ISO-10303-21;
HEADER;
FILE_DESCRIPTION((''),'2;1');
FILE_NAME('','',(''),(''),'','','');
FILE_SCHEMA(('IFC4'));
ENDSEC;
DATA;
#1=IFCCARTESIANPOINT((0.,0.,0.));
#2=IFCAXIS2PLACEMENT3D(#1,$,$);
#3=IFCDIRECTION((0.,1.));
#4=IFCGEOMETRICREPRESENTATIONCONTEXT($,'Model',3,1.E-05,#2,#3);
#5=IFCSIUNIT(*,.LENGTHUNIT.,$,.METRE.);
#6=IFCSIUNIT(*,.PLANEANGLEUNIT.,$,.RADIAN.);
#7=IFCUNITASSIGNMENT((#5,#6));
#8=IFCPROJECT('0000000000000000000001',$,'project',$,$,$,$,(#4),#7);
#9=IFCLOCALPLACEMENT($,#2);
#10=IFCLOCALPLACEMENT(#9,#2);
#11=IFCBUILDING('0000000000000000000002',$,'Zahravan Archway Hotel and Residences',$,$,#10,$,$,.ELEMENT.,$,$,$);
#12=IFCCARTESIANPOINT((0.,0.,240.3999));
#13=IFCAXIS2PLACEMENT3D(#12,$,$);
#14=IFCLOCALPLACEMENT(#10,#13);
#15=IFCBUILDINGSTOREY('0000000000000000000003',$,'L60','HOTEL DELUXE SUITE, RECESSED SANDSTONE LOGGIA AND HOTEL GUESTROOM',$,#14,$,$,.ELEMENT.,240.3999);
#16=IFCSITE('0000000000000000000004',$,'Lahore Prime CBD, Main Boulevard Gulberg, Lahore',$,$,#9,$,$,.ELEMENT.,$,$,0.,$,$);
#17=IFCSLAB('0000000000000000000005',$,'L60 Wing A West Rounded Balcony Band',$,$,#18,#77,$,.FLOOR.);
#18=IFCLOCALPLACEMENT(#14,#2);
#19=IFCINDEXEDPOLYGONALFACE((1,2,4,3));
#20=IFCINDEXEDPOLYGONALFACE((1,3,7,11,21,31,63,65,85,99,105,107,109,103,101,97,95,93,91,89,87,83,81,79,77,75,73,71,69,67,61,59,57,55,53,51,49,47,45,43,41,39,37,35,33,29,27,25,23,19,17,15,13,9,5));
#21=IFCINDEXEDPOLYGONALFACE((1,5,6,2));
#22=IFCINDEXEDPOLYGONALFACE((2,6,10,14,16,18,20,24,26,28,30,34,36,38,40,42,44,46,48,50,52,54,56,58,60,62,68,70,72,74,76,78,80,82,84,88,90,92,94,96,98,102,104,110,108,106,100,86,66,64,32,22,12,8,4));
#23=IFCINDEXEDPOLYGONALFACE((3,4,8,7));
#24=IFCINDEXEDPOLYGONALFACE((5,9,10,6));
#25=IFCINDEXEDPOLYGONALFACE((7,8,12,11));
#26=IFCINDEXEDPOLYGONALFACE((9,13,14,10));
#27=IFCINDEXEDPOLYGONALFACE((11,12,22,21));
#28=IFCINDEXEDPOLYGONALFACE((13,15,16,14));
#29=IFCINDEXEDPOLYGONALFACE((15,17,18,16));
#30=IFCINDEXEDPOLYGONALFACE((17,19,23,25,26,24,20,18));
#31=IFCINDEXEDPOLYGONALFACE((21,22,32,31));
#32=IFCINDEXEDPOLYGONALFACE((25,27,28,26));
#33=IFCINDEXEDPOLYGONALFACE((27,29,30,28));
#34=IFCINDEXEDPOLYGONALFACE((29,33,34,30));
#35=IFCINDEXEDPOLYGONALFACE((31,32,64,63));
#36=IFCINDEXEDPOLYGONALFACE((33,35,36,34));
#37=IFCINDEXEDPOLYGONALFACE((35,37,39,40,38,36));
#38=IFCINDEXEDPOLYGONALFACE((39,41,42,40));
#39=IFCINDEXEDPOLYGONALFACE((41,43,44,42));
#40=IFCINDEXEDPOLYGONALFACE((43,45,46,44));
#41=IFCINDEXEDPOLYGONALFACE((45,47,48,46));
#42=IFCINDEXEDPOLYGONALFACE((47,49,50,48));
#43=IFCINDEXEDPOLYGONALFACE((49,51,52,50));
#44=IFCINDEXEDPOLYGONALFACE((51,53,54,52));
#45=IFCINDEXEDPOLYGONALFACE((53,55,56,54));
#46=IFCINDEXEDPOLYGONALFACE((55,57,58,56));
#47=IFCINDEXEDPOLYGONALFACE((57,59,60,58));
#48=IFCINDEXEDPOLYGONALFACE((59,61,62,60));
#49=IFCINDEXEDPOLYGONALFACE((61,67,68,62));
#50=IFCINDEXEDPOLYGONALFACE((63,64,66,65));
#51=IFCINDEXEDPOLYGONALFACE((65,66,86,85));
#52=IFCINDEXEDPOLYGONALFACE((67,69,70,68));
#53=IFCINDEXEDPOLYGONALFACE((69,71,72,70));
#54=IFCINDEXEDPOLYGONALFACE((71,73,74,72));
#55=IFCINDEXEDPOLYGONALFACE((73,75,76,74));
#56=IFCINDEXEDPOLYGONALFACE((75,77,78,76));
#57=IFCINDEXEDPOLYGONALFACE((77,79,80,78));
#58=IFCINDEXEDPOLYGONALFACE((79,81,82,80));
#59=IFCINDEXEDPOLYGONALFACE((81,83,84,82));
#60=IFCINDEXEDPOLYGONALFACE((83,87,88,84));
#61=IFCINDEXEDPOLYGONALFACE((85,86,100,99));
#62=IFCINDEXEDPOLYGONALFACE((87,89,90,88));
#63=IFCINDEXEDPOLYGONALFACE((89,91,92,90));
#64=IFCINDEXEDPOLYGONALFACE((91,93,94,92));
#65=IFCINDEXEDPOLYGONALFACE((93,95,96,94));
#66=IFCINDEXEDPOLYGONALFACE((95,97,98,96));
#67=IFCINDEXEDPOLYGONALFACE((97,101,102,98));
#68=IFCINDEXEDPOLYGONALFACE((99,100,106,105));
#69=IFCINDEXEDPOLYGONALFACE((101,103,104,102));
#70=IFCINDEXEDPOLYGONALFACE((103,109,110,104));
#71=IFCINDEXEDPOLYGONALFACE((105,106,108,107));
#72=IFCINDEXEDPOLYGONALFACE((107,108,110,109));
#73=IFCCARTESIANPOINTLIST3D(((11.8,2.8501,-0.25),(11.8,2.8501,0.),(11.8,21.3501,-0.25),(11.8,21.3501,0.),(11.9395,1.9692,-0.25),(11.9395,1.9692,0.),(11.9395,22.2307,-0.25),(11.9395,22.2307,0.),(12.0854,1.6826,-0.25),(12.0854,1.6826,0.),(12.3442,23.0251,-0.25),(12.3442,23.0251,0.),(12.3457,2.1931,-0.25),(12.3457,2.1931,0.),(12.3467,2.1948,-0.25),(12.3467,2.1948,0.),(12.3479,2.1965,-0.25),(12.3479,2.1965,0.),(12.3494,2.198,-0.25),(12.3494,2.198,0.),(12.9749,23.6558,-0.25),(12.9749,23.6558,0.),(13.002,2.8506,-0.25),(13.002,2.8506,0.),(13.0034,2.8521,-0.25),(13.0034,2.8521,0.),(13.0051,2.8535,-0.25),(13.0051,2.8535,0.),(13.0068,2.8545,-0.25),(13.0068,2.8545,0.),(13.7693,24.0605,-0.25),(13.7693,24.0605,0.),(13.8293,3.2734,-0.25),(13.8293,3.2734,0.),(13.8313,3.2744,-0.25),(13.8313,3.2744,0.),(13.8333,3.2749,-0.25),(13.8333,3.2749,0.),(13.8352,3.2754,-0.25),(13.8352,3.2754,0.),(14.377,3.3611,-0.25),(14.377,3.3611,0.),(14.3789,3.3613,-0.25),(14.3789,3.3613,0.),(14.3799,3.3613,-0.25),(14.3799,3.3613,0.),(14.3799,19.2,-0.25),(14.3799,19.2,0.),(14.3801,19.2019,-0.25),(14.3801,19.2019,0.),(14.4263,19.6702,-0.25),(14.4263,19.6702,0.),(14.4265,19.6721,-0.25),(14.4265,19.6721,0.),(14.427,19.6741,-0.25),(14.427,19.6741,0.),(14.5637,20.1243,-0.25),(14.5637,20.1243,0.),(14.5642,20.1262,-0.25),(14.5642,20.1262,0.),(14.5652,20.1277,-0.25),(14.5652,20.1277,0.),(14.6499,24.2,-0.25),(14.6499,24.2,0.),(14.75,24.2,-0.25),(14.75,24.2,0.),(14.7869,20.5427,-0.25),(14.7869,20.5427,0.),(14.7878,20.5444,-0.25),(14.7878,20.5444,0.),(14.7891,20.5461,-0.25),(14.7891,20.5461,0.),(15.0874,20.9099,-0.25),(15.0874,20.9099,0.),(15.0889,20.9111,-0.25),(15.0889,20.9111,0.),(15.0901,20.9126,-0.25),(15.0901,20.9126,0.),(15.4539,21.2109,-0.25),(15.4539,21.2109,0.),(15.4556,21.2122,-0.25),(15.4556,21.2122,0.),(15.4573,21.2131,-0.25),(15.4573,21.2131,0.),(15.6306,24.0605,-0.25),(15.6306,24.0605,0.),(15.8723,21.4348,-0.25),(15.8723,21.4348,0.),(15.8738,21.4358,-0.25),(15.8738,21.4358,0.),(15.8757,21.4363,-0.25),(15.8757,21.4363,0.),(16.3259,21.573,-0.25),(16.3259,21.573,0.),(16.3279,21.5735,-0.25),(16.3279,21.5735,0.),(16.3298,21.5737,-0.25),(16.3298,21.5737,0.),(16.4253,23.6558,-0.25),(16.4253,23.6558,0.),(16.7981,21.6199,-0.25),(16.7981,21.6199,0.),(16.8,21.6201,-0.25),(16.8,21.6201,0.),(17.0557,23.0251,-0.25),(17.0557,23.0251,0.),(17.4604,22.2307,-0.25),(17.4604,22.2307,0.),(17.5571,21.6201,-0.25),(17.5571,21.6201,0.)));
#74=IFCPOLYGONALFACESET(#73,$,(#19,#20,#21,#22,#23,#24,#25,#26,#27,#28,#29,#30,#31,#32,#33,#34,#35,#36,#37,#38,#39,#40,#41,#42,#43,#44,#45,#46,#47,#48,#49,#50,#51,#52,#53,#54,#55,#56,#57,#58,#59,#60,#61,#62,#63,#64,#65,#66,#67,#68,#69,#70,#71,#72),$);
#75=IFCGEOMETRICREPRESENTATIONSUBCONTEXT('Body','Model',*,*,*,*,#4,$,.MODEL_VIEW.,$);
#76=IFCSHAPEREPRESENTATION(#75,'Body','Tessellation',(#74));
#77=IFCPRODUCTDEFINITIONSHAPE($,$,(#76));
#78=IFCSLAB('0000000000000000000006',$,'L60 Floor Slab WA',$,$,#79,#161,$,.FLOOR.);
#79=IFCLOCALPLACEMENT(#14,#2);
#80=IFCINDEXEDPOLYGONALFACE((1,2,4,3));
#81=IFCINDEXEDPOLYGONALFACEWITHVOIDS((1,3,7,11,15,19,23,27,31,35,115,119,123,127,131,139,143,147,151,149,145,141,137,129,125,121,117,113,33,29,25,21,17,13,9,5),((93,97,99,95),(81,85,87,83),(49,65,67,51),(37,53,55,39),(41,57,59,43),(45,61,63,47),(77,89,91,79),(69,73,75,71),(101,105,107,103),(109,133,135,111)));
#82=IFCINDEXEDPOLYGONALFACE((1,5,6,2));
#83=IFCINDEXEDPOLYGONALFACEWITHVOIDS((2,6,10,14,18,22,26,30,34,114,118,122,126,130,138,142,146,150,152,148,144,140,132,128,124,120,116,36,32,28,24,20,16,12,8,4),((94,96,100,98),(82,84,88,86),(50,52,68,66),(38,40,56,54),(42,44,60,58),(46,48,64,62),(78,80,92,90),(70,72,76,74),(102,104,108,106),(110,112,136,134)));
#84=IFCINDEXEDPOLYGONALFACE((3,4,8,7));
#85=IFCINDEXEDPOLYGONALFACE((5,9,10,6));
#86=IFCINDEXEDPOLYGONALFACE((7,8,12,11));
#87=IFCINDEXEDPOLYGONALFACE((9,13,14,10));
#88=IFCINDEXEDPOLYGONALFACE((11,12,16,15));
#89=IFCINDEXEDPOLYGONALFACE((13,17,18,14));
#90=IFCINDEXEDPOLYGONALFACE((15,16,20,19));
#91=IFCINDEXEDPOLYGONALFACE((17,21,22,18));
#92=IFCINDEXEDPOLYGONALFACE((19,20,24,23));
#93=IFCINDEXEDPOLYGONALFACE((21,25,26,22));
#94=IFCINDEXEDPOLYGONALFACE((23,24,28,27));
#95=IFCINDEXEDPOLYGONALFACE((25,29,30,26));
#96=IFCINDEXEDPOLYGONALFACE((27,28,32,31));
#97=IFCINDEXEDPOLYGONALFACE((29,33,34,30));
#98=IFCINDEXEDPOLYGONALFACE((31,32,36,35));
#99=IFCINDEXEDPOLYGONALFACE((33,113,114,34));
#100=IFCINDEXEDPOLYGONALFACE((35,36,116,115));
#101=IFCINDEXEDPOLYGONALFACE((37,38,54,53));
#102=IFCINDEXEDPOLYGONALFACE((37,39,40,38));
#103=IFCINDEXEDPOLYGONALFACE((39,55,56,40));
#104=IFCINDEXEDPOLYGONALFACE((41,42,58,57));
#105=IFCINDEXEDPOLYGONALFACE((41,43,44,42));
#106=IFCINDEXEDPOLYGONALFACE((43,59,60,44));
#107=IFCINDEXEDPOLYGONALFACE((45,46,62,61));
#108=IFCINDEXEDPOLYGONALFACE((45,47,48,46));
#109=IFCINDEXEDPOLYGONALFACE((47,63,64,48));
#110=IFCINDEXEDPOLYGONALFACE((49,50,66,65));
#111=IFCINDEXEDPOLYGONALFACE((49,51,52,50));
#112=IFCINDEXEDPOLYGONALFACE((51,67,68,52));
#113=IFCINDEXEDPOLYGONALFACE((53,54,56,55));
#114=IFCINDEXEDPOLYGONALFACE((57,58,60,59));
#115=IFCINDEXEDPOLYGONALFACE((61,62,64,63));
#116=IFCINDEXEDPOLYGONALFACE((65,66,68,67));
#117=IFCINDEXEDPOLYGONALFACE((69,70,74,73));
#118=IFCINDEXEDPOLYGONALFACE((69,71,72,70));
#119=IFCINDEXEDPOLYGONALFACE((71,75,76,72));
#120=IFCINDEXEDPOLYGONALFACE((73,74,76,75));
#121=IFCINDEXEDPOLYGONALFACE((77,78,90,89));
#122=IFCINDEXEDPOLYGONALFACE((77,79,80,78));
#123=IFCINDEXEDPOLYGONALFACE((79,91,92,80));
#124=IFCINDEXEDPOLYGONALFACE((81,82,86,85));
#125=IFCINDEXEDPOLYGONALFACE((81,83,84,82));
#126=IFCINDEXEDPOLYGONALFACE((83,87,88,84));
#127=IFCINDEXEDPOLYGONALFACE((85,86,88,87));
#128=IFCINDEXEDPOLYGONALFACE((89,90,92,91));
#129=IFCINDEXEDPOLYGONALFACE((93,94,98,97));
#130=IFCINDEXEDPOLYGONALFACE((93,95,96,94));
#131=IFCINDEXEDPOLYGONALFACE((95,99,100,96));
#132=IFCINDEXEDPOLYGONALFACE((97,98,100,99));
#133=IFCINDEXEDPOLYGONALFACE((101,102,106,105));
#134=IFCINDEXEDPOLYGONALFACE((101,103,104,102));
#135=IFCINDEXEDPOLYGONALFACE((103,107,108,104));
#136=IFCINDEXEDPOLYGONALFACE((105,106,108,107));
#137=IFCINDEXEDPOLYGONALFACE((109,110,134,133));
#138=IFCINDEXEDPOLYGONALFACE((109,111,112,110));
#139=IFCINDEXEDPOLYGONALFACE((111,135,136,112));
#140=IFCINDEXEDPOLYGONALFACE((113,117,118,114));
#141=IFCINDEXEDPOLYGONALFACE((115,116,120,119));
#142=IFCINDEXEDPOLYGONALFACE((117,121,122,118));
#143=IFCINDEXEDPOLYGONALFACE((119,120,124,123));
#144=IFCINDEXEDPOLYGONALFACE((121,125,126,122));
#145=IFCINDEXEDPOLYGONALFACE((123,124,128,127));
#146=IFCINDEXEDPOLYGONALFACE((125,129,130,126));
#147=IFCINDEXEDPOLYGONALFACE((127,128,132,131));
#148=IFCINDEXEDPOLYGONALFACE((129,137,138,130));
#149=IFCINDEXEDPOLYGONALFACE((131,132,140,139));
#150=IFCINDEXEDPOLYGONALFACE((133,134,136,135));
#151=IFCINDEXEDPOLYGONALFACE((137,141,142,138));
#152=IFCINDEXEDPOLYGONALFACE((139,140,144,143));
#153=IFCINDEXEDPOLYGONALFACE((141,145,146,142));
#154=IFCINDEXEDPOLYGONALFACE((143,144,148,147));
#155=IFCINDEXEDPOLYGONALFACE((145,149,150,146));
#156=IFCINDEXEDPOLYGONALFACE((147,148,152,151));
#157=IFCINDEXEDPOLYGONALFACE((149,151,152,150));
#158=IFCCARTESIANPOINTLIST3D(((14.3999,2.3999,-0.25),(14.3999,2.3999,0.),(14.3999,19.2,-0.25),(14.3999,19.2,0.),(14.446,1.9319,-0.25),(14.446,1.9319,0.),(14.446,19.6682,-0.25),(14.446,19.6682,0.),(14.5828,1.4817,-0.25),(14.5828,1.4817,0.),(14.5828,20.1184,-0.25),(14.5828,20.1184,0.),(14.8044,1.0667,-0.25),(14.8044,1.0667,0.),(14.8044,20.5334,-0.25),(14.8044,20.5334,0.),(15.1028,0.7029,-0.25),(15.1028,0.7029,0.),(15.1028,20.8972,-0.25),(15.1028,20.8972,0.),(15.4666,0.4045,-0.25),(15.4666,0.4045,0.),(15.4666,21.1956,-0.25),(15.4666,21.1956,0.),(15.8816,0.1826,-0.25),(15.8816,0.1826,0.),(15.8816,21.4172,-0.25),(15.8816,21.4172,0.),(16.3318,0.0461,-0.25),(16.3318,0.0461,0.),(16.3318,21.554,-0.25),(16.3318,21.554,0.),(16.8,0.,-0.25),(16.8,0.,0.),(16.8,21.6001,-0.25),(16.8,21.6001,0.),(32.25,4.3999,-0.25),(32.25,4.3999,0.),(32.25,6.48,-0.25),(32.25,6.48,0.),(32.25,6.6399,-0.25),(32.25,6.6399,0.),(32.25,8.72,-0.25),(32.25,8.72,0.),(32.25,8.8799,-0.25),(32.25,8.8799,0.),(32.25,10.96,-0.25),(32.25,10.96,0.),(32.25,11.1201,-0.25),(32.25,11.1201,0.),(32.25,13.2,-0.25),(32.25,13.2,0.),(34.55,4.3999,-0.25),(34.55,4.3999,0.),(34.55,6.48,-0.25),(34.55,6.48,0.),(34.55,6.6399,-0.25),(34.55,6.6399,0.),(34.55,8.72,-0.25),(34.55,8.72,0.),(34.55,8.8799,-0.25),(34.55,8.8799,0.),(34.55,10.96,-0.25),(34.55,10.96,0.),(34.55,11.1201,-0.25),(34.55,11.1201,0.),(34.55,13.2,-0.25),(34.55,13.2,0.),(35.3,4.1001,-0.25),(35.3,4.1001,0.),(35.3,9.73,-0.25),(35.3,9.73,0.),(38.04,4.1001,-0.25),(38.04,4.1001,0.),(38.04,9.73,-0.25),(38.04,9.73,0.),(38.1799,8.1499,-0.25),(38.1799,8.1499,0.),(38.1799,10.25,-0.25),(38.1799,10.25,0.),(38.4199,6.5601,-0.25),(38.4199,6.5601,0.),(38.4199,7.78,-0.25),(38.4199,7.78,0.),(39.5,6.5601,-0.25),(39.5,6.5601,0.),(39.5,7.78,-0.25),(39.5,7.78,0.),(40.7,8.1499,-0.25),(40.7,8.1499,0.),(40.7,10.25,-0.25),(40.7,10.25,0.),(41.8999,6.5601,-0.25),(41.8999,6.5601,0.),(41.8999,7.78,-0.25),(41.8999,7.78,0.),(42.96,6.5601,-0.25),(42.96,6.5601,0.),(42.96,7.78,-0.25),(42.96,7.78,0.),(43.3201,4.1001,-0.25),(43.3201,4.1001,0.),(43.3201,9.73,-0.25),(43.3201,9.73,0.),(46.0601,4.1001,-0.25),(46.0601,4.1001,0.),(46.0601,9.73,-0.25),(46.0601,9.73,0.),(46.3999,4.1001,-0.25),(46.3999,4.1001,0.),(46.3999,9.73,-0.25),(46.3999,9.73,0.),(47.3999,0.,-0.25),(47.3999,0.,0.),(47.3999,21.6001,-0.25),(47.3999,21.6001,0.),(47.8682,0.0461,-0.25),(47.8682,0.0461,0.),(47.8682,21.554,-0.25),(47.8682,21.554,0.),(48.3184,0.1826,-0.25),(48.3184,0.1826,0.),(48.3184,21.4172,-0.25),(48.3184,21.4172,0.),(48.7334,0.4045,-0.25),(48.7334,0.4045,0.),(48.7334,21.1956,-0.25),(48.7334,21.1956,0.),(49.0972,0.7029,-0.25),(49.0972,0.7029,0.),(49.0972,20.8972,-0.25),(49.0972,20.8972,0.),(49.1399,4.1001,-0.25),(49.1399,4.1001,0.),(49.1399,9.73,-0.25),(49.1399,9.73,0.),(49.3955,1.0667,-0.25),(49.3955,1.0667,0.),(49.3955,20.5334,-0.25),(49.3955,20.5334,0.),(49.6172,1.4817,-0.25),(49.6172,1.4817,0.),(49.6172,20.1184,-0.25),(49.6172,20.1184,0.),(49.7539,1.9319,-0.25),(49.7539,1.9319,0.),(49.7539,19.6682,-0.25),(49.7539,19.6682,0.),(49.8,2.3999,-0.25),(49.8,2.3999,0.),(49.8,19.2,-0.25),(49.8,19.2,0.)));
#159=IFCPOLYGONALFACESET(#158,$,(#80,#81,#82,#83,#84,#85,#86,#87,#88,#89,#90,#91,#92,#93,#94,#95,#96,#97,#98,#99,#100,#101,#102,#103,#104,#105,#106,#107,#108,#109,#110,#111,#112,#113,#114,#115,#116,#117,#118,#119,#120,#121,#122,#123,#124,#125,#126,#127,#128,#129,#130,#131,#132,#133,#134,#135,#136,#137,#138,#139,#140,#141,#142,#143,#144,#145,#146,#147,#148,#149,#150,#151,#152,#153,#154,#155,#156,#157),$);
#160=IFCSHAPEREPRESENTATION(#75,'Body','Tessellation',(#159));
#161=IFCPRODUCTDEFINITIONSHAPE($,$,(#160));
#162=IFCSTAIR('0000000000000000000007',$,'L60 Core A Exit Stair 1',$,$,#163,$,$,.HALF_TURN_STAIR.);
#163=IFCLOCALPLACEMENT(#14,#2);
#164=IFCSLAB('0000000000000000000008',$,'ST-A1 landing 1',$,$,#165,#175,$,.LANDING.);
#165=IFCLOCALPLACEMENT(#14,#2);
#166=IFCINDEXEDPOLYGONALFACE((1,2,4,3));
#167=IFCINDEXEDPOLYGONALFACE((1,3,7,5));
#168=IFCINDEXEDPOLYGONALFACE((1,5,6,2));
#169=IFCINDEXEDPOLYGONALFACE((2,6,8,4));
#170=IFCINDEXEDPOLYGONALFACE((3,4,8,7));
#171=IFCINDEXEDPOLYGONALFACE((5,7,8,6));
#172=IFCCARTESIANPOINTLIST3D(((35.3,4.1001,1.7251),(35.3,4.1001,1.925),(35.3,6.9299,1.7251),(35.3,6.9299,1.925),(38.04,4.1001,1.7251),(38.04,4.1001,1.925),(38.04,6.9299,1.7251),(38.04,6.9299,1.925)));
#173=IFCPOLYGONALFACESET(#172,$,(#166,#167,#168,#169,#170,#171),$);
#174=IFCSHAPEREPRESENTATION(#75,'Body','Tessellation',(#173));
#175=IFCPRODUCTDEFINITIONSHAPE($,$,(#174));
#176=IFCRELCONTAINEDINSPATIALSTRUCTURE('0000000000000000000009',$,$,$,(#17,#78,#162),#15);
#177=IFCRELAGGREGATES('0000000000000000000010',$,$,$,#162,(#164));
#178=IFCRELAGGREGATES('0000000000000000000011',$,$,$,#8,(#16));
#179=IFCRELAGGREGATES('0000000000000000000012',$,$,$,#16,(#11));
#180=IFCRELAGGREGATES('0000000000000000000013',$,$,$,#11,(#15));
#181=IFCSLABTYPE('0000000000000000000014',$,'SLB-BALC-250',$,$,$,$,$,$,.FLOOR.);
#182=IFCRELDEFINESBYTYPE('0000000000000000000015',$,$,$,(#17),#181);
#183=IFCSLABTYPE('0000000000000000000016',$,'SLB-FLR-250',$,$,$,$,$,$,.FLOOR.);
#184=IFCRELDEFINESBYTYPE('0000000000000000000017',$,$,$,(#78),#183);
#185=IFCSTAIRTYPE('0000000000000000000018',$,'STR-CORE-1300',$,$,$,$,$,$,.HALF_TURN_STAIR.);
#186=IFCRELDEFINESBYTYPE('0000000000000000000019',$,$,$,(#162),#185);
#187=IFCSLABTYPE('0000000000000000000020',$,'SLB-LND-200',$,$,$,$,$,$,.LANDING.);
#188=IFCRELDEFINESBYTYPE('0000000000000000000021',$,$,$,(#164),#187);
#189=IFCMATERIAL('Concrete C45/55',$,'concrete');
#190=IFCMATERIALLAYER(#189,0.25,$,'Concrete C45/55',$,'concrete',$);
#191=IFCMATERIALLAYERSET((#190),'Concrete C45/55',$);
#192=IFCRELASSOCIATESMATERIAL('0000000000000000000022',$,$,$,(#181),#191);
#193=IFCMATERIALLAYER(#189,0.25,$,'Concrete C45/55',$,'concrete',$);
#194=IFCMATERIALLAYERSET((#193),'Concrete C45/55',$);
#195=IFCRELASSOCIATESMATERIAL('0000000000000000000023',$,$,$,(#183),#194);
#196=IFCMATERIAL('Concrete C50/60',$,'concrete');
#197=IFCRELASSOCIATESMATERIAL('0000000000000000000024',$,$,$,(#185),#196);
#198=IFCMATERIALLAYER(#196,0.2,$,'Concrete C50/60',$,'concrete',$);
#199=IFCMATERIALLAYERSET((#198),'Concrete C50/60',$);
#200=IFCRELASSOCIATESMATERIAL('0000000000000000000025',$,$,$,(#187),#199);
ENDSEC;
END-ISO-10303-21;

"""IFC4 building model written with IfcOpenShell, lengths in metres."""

from ifc_helpers import new_model, si_unit, direction, frame, origin, place, context, subcontext, project, spatial, polyline, outline, extrude, material, layer, layer_set, type_object, element, aggregate, save


model = new_model("IFC4")

# Units and contexts
model_context = context("Model", 3, precision=1e-05, world=origin(), true_north=direction((0.0, 1.0)))
body_context = subcontext(model_context, "Body", "Model", "MODEL_VIEW")
ifc_project = project(units=[si_unit("LENGTHUNIT", "METRE"), si_unit("PLANEANGLEUNIT", "RADIAN")], contexts=[model_context])

# Site, building, storey
site_placement = place(None, origin())
site = spatial("IfcSite", under=ifc_project, at=site_placement, Name="Lahore Prime CBD, Main Boulevard Gulberg, Lahore", CompositionType="ELEMENT", RefElevation=0.0)
building_placement = place(site_placement, origin())
building = spatial("IfcBuilding", under=site, at=building_placement, Name="Zahravan Archway Hotel and Residences", CompositionType="ELEMENT")
storey_placement = place(building_placement, frame((0.0, 0.0, 240.3999)))
storey = spatial("IfcBuildingStorey", under=building, at=storey_placement, Name="L60", Description="HOTEL DELUXE SUITE, RECESSED SANDSTONE LOGGIA AND HOTEL GUESTROOM", CompositionType="ELEMENT", Elevation=240.3999)

# Slabs
ifc_material_1 = material(Name="Concrete C45/55", Category="concrete")
ifc_layer_1 = layer(ifc_material_1, 0.25, Name="Concrete C45/55", Category="concrete")
ifc_layer_set_1 = layer_set([ifc_layer_1], Name="Concrete C45/55")
slab_type_1 = type_object("IfcSlabType", Name="SLB-BALC-250", PredefinedType="FLOOR", material=ifc_layer_set_1)
slab_1_placement = place(storey_placement, frame((0.0, 0.0, -0.25)))
element("IfcSlab", 1, at=slab_1_placement, inside=storey, type_object=slab_type_1, Name="L60 Wing A West Rounded Balcony Band", PredefinedType="FLOOR", context=body_context, shape_type="SweptSolid", body=[
    extrude(outline(polyline([(11.9395, 1.9692), (11.8, 2.8501), (11.8, 21.3501), (11.9395, 22.2307), (12.3442, 23.0251), (12.9749, 23.6558), (13.7693, 24.0605), (14.6499, 24.2), (14.75, 24.2), (15.6306, 24.0605), (16.4253, 23.6558), (17.0557, 23.0251), (17.4604, 22.2307), (17.5571, 21.6201), (16.8, 21.6201), (16.7981, 21.6199), (16.3298, 21.5737), (16.3279, 21.5735), (16.3259, 21.573), (15.8757, 21.4363), (15.8738, 21.4358), (15.8723, 21.4348), (15.4573, 21.2131), (15.4556, 21.2122), (15.4539, 21.2109), (15.0901, 20.9126), (15.0889, 20.9111), (15.0874, 20.9099), (14.7891, 20.5461), (14.7878, 20.5444), (14.7869, 20.5427), (14.5652, 20.1277), (14.5642, 20.1262), (14.5637, 20.1243), (14.427, 19.6741), (14.4265, 19.6721), (14.4263, 19.6702), (14.3801, 19.2019), (14.3799, 19.2), (14.3799, 3.3613), (14.3789, 3.3613), (14.377, 3.3611), (13.8352, 3.2754), (13.8333, 3.2749), (13.8313, 3.2744), (13.8293, 3.2734), (13.0068, 2.8545), (13.0051, 2.8535), (13.0034, 2.8521), (13.002, 2.8506), (12.3494, 2.198), (12.3479, 2.1965), (12.3467, 2.1948), (12.3457, 2.1931), (12.0854, 1.6826), (11.9395, 1.9692)])), origin(), (0.0, 0.0, 1.0), 0.25),
])
ifc_layer_2 = layer(ifc_material_1, 0.25, Name="Concrete C45/55", Category="concrete")
ifc_layer_set_2 = layer_set([ifc_layer_2], Name="Concrete C45/55")
slab_type_2 = type_object("IfcSlabType", Name="SLB-FLR-250", PredefinedType="FLOOR", material=ifc_layer_set_2)
slab_2_placement = place(storey_placement, frame((0.0, 0.0, -0.25)))
element("IfcSlab", 2, at=slab_2_placement, inside=storey, type_object=slab_type_2, Name="L60 Floor Slab WA", PredefinedType="FLOOR", context=body_context, shape_type="SweptSolid", body=[
    extrude(outline(polyline([(47.3999, 0.0), (47.8682, 0.0461), (48.3184, 0.1826), (48.7334, 0.4045), (49.0972, 0.7029), (49.3955, 1.0667), (49.6172, 1.4817), (49.7539, 1.9319), (49.8, 2.3999), (49.8, 19.2), (49.7539, 19.6682), (49.6172, 20.1184), (49.3955, 20.5334), (49.0972, 20.8972), (48.7334, 21.1956), (48.3184, 21.4172), (47.8682, 21.554), (47.3999, 21.6001), (16.8, 21.6001), (16.3318, 21.554), (15.8816, 21.4172), (15.4666, 21.1956), (15.1028, 20.8972), (14.8044, 20.5334), (14.5828, 20.1184), (14.446, 19.6682), (14.3999, 19.2), (14.3999, 2.3999), (14.446, 1.9319), (14.5828, 1.4817), (14.8044, 1.0667), (15.1028, 0.7029), (15.4666, 0.4045), (15.8816, 0.1826), (16.3318, 0.0461), (16.8, 0.0), (47.3999, 0.0)]), holes=[polyline([(35.3, 9.73), (35.3, 4.1001), (38.04, 4.1001), (38.04, 9.73), (35.3, 9.73)]), polyline([(43.3201, 9.73), (43.3201, 4.1001), (46.0601, 4.1001), (46.0601, 9.73), (43.3201, 9.73)]), polyline([(46.3999, 9.73), (46.3999, 4.1001), (49.1399, 4.1001), (49.1399, 9.73), (46.3999, 9.73)]), polyline([(38.1799, 8.1499), (40.7, 8.1499), (40.7, 10.25), (38.1799, 10.25), (38.1799, 8.1499)]), polyline([(32.25, 4.3999), (34.55, 4.3999), (34.55, 6.48), (32.25, 6.48), (32.25, 4.3999)]), polyline([(32.25, 6.6399), (34.55, 6.6399), (34.55, 8.72), (32.25, 8.72), (32.25, 6.6399)]), polyline([(32.25, 8.8799), (34.55, 8.8799), (34.55, 10.96), (32.25, 10.96), (32.25, 8.8799)]), polyline([(32.25, 11.1201), (34.55, 11.1201), (34.55, 13.2), (32.25, 13.2), (32.25, 11.1201)]), polyline([(38.4199, 6.5601), (39.5, 6.5601), (39.5, 7.78), (38.4199, 7.78), (38.4199, 6.5601)]), polyline([(41.8999, 6.5601), (42.96, 6.5601), (42.96, 7.78), (41.8999, 7.78), (41.8999, 6.5601)])]), origin(), (0.0, 0.0, 1.0), 0.25),
])

# Stair, slab
ifc_material_2 = material(Name="Concrete C50/60", Category="concrete")
stair_type = type_object("IfcStairType", Name="STR-CORE-1300", PredefinedType="HALF_TURN_STAIR", material=ifc_material_2)
stair_1_placement = place(storey_placement, origin())
stair_1 = element("IfcStair", 3, at=stair_1_placement, inside=storey, type_object=stair_type, Name="L60 Core A Exit Stair 1", PredefinedType="HALF_TURN_STAIR")
ifc_layer_3 = layer(ifc_material_2, 0.2, Name="Concrete C50/60", Category="concrete")
ifc_layer_set_3 = layer_set([ifc_layer_3], Name="Concrete C50/60")
slab_type_3 = type_object("IfcSlabType", Name="SLB-LND-200", PredefinedType="LANDING", material=ifc_layer_set_3)
slab_3_placement = place(storey_placement, frame((0.0, 0.0, 1.7251)))
slab_3 = element("IfcSlab", 4, at=slab_3_placement, type_object=slab_type_3, Name="ST-A1 landing 1", PredefinedType="LANDING", context=body_context, shape_type="SweptSolid", body=[
    extrude(outline(polyline([(35.3, 6.9299), (35.3, 4.1001), (38.04, 4.1001), (38.04, 6.9299), (35.3, 6.9299)])), origin(), (0.0, 0.0, 1.0), 0.2),
])
aggregate(stair_1, [slab_3])

save(model, "model.ifc")
